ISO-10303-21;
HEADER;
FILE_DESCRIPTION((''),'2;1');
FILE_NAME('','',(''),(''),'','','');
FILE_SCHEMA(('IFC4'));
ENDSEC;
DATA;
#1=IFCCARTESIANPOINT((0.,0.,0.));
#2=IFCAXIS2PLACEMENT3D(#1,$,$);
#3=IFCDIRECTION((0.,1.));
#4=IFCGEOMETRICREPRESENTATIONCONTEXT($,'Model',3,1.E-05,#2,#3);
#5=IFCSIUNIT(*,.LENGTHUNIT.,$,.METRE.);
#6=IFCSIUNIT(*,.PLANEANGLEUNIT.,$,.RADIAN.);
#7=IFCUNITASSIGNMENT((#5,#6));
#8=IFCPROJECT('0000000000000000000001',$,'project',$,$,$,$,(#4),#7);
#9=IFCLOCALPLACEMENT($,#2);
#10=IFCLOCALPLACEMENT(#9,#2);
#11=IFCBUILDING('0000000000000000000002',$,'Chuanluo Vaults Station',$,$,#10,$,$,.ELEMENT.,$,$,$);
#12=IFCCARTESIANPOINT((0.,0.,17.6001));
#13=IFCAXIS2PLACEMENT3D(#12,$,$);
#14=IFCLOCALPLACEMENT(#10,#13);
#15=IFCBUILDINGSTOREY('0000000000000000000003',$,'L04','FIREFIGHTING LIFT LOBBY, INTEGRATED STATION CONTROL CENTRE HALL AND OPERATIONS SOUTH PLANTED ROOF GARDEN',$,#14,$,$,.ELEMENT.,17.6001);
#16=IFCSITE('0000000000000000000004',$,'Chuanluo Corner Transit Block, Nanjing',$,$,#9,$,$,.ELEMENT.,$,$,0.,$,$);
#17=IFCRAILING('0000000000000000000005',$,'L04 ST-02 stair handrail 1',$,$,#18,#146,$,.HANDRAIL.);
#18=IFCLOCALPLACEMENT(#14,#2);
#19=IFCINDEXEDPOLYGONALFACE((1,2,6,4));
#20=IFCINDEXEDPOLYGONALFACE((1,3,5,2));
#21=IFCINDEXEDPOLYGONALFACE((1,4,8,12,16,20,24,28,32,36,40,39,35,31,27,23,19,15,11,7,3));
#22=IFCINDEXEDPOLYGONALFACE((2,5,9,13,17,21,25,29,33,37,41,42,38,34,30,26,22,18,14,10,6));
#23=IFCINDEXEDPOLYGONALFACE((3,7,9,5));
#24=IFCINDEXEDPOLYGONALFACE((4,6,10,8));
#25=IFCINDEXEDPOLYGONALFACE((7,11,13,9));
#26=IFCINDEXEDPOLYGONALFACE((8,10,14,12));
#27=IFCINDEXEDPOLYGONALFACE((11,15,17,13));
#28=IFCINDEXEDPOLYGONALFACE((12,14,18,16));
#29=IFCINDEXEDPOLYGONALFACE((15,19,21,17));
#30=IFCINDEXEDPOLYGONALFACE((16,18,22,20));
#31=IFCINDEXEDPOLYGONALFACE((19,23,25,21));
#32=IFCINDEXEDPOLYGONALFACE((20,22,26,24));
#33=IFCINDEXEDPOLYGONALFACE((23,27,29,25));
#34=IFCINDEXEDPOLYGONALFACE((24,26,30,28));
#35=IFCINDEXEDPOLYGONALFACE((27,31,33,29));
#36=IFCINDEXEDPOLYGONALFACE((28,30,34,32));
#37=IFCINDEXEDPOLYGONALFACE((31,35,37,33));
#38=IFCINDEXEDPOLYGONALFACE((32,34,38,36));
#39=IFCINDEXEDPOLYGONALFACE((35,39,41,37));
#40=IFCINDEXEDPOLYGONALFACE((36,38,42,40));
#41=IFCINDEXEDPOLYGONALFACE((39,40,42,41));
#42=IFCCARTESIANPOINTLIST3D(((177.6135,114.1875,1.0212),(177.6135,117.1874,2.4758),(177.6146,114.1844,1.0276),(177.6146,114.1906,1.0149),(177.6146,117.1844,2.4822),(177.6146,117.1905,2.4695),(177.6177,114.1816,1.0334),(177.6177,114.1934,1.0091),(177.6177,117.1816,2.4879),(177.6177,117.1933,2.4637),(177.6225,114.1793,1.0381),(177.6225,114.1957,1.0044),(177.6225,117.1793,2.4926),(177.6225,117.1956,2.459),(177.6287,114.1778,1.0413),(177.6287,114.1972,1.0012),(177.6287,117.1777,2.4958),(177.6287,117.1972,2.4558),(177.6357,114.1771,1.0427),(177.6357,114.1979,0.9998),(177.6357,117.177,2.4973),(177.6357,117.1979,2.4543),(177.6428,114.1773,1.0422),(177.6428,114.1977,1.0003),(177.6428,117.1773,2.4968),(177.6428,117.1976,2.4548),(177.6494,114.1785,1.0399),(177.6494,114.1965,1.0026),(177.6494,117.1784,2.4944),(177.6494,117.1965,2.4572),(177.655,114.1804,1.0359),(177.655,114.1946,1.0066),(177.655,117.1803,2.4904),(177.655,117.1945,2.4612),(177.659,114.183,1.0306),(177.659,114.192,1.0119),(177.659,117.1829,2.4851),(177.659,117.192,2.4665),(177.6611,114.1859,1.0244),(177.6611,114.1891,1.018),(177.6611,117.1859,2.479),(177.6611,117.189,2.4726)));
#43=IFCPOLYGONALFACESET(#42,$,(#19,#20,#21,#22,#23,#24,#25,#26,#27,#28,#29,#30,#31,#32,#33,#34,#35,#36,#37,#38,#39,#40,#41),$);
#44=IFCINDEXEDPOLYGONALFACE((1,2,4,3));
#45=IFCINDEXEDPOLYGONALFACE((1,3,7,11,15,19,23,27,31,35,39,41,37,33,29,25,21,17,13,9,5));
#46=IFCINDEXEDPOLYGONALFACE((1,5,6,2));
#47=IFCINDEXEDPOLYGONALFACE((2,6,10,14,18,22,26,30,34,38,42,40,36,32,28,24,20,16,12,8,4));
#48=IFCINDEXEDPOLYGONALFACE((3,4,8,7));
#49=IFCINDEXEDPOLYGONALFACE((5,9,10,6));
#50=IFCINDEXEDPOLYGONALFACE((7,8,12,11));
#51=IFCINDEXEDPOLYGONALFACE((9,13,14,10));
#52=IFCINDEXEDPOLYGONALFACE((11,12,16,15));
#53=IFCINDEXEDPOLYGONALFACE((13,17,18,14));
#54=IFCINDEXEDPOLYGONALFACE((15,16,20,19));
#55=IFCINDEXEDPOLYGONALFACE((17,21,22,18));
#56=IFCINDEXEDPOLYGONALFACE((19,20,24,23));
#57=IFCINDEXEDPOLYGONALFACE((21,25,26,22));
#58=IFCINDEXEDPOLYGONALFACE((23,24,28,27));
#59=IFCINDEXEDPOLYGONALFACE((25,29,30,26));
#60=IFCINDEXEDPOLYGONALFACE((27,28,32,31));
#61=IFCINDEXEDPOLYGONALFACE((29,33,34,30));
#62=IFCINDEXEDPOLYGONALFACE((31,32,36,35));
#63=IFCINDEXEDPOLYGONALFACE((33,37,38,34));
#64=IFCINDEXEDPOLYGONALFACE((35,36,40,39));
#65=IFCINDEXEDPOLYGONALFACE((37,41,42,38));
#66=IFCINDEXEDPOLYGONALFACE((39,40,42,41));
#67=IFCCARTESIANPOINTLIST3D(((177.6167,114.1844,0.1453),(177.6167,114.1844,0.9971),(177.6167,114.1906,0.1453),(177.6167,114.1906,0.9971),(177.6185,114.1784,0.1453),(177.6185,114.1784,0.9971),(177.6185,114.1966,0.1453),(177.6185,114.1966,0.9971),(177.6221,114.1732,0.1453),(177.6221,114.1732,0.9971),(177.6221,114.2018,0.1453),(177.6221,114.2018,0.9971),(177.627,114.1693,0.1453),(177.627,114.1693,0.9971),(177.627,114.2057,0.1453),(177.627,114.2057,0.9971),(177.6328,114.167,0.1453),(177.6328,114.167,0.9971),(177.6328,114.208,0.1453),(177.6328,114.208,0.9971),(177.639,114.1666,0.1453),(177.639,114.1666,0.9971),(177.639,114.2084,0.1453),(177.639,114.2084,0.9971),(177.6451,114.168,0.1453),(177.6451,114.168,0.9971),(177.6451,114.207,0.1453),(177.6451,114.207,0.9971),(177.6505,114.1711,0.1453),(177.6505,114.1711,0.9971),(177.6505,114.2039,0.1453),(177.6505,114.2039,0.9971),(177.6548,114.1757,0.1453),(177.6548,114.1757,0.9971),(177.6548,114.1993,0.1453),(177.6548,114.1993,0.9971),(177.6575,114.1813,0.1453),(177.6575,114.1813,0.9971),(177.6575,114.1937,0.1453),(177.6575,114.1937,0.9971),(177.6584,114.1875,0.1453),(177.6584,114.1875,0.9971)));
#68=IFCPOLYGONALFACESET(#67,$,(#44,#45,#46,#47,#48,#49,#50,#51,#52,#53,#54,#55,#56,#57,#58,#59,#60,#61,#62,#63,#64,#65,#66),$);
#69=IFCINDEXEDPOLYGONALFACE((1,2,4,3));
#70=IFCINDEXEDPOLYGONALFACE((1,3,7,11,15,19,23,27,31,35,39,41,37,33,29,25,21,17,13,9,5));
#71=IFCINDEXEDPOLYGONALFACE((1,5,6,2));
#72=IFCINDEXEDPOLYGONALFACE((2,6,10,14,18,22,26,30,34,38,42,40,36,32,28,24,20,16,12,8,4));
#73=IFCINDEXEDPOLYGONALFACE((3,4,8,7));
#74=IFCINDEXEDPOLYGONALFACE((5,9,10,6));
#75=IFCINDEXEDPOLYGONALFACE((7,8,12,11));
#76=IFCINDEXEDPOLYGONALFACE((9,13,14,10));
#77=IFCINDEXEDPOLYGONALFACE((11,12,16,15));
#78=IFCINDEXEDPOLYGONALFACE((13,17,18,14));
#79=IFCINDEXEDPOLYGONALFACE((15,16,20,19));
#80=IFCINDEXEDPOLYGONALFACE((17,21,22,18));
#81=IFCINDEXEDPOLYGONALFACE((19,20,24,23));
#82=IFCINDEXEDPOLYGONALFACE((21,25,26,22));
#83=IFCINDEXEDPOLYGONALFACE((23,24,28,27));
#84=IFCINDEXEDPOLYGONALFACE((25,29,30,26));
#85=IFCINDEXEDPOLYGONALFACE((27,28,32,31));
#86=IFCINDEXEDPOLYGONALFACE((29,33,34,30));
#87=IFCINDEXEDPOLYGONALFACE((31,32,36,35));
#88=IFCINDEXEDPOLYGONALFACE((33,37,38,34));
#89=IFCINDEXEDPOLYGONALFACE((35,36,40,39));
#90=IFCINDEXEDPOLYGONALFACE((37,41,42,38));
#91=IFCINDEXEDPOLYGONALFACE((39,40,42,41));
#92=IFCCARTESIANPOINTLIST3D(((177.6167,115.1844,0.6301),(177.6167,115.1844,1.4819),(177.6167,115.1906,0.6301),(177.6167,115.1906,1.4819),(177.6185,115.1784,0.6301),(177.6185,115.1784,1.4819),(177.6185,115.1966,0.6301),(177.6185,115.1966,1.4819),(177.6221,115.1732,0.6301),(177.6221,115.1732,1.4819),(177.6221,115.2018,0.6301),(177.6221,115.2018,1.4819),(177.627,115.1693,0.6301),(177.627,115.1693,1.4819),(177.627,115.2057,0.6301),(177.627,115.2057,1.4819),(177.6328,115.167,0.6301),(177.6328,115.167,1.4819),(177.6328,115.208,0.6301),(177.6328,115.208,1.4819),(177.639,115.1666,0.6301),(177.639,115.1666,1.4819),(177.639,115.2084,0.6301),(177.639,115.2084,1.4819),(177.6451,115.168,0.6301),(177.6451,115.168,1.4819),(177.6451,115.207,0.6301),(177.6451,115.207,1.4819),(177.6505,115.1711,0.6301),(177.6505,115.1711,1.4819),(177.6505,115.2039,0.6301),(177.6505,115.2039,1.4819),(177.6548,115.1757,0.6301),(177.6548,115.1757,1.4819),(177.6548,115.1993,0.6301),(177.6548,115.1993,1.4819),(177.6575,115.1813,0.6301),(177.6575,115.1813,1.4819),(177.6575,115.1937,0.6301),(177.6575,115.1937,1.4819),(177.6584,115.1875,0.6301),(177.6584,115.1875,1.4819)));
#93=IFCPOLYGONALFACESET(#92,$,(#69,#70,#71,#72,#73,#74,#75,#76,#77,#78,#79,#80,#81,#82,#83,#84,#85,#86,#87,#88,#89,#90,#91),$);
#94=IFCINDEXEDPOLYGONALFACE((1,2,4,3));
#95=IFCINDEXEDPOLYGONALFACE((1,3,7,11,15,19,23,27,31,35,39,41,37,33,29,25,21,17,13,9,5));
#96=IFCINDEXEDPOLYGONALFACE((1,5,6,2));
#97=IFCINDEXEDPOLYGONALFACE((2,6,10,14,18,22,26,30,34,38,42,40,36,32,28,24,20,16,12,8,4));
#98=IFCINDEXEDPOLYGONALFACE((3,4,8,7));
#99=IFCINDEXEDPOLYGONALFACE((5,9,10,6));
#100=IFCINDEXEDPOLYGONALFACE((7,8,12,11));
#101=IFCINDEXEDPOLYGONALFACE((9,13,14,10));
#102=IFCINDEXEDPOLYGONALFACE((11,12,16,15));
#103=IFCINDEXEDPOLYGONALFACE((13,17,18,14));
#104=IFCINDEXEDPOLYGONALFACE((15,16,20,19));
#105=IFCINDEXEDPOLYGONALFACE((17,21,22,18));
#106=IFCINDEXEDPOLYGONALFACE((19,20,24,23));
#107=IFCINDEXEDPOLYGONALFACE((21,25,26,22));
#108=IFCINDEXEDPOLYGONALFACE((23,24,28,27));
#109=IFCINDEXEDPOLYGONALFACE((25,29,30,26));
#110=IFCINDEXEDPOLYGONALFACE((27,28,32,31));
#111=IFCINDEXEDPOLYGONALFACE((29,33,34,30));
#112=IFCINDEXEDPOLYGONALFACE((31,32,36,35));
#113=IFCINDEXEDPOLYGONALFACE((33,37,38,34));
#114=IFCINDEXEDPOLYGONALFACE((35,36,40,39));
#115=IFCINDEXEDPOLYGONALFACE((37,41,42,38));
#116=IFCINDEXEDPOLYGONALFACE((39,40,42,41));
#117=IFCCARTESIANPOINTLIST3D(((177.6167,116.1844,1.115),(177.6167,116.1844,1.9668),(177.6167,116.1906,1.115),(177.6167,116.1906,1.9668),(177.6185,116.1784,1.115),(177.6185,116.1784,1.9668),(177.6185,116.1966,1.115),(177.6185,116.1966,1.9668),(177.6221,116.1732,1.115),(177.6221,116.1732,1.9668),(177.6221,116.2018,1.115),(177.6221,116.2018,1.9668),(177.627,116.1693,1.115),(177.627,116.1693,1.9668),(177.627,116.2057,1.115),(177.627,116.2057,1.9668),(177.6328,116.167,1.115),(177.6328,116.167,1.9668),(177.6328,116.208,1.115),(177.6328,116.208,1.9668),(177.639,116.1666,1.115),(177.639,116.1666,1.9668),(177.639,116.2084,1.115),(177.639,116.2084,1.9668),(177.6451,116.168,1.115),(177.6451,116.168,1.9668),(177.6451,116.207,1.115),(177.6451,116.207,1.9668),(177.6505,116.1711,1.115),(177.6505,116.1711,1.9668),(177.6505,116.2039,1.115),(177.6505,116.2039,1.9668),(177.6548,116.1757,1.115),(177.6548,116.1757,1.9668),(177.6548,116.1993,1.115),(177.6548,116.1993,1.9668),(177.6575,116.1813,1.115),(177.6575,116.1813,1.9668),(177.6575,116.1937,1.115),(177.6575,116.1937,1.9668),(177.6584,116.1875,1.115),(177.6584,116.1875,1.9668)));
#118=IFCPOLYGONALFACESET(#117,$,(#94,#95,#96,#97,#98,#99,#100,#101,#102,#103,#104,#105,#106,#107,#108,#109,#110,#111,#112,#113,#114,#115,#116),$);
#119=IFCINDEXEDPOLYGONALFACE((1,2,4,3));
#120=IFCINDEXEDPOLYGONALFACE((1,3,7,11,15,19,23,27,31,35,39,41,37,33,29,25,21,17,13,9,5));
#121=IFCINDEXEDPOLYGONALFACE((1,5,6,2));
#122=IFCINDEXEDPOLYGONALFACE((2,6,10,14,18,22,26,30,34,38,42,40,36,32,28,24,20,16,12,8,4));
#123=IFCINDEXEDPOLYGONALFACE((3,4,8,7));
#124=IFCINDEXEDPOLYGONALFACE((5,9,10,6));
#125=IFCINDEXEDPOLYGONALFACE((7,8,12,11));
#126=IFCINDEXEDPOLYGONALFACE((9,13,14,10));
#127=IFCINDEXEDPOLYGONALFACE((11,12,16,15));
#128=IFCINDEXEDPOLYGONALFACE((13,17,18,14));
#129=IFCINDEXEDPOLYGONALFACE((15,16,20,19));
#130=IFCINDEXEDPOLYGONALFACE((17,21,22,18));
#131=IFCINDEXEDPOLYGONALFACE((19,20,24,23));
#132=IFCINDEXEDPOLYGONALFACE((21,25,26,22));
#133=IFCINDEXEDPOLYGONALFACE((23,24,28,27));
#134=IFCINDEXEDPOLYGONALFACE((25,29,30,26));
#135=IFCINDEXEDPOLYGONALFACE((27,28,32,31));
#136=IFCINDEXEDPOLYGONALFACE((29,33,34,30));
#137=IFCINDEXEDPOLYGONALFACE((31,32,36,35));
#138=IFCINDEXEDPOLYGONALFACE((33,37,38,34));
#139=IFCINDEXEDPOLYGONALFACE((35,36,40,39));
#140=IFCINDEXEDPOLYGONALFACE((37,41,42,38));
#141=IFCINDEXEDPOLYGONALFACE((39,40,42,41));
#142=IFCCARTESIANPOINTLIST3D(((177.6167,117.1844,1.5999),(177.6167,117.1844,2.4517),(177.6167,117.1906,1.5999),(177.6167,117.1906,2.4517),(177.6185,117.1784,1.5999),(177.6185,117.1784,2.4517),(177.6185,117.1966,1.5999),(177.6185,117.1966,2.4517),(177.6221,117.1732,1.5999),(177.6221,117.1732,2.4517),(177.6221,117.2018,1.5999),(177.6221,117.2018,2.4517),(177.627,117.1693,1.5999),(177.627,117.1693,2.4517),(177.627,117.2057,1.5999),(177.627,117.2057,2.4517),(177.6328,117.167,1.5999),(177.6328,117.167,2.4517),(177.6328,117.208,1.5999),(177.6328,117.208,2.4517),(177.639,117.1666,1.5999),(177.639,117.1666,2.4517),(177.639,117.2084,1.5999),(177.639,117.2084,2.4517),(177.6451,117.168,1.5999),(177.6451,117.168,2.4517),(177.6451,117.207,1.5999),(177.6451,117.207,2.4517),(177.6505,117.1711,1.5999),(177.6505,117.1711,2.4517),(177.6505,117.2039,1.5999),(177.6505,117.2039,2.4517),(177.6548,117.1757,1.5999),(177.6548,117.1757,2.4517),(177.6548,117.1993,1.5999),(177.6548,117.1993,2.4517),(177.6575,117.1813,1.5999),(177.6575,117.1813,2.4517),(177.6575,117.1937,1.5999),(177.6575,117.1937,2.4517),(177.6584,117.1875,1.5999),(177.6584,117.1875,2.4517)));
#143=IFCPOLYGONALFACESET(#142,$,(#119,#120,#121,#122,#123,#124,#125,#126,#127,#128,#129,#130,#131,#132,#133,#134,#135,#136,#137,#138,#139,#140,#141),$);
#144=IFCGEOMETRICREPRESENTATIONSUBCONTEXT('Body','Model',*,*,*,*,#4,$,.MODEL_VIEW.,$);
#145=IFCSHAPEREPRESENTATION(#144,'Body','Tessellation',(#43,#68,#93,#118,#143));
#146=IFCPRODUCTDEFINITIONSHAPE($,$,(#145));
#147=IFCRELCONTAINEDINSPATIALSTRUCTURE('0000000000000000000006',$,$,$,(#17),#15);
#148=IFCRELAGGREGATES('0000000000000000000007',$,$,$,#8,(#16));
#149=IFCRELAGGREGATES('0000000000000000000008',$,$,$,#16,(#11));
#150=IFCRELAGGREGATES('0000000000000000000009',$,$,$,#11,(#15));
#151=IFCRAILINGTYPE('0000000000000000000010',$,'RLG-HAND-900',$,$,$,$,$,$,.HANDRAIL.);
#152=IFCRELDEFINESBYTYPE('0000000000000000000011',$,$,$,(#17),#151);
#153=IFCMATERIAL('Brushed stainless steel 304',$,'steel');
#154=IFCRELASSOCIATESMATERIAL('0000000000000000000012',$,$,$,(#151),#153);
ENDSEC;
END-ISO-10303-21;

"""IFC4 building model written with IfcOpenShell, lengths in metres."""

from ifc_helpers import new_model, si_unit, direction, frame, origin, origin_2d, place, context, subcontext, project, spatial, circle, extrude, material, type_object, element, save


model = new_model("IFC4")

# Units and contexts
model_context = context("Model", 3, precision=1e-05, world=origin(), true_north=direction((0.0, 1.0)))
body_context = subcontext(model_context, "Body", "Model", "MODEL_VIEW")
ifc_project = project(units=[si_unit("LENGTHUNIT", "METRE"), si_unit("PLANEANGLEUNIT", "RADIAN")], contexts=[model_context])

# Site, building, storey
site_placement = place(None, origin())
site = spatial("IfcSite", under=ifc_project, at=site_placement, Name="Chuanluo Corner Transit Block, Nanjing", CompositionType="ELEMENT", RefElevation=0.0)
building_placement = place(site_placement, origin())
building = spatial("IfcBuilding", under=site, at=building_placement, Name="Chuanluo Vaults Station", CompositionType="ELEMENT")
storey_placement = place(building_placement, frame((0.0, 0.0, 17.6001)))
storey = spatial("IfcBuildingStorey", under=building, at=storey_placement, Name="L04", Description="FIREFIGHTING LIFT LOBBY, INTEGRATED STATION CONTROL CENTRE HALL AND OPERATIONS SOUTH PLANTED ROOF GARDEN", CompositionType="ELEMENT", Elevation=17.6001)

# Railing
ifc_material_1 = material(Name="Brushed stainless steel 304", Category="steel")
railing_type_1 = type_object("IfcRailingType", Name="RLG-HAND-900", PredefinedType="HANDRAIL", material=ifc_material_1)
railing_1_placement = place(storey_placement, frame((177.6375, 114.1875, 0.1453)))
element("IfcRailing", 1, at=railing_1_placement, inside=storey, type_object=railing_type_1, Name="L04 ST-02 stair handrail 1", PredefinedType="HANDRAIL", context=body_context, shape_type="SweptSolid", body=[
    extrude(circle(Radius=0.0239, at=origin_2d()), frame((0.0, 0.0, 0.876), z_axis=(0.0, 0.899809, 0.436284), x_axis=(-1.0, 0.0, 0.0)), (0.0, 0.0, 1.0), 3.334),
    extrude(circle(Radius=0.021, at=origin_2d()), origin(), (0.0, 0.0, 1.0), 0.8518),
    extrude(circle(Radius=0.021, at=origin_2d()), frame((0.0, 1.0, 0.4849)), (0.0, 0.0, 1.0), 0.8518),
    extrude(circle(Radius=0.021, at=origin_2d()), frame((0.0, 2.0, 0.9697)), (0.0, 0.0, 1.0), 0.8518),
    extrude(circle(Radius=0.021, at=origin_2d()), frame((0.0, 3.0, 1.4546)), (0.0, 0.0, 1.0), 0.8518),
])

save(model, "model.ifc")
